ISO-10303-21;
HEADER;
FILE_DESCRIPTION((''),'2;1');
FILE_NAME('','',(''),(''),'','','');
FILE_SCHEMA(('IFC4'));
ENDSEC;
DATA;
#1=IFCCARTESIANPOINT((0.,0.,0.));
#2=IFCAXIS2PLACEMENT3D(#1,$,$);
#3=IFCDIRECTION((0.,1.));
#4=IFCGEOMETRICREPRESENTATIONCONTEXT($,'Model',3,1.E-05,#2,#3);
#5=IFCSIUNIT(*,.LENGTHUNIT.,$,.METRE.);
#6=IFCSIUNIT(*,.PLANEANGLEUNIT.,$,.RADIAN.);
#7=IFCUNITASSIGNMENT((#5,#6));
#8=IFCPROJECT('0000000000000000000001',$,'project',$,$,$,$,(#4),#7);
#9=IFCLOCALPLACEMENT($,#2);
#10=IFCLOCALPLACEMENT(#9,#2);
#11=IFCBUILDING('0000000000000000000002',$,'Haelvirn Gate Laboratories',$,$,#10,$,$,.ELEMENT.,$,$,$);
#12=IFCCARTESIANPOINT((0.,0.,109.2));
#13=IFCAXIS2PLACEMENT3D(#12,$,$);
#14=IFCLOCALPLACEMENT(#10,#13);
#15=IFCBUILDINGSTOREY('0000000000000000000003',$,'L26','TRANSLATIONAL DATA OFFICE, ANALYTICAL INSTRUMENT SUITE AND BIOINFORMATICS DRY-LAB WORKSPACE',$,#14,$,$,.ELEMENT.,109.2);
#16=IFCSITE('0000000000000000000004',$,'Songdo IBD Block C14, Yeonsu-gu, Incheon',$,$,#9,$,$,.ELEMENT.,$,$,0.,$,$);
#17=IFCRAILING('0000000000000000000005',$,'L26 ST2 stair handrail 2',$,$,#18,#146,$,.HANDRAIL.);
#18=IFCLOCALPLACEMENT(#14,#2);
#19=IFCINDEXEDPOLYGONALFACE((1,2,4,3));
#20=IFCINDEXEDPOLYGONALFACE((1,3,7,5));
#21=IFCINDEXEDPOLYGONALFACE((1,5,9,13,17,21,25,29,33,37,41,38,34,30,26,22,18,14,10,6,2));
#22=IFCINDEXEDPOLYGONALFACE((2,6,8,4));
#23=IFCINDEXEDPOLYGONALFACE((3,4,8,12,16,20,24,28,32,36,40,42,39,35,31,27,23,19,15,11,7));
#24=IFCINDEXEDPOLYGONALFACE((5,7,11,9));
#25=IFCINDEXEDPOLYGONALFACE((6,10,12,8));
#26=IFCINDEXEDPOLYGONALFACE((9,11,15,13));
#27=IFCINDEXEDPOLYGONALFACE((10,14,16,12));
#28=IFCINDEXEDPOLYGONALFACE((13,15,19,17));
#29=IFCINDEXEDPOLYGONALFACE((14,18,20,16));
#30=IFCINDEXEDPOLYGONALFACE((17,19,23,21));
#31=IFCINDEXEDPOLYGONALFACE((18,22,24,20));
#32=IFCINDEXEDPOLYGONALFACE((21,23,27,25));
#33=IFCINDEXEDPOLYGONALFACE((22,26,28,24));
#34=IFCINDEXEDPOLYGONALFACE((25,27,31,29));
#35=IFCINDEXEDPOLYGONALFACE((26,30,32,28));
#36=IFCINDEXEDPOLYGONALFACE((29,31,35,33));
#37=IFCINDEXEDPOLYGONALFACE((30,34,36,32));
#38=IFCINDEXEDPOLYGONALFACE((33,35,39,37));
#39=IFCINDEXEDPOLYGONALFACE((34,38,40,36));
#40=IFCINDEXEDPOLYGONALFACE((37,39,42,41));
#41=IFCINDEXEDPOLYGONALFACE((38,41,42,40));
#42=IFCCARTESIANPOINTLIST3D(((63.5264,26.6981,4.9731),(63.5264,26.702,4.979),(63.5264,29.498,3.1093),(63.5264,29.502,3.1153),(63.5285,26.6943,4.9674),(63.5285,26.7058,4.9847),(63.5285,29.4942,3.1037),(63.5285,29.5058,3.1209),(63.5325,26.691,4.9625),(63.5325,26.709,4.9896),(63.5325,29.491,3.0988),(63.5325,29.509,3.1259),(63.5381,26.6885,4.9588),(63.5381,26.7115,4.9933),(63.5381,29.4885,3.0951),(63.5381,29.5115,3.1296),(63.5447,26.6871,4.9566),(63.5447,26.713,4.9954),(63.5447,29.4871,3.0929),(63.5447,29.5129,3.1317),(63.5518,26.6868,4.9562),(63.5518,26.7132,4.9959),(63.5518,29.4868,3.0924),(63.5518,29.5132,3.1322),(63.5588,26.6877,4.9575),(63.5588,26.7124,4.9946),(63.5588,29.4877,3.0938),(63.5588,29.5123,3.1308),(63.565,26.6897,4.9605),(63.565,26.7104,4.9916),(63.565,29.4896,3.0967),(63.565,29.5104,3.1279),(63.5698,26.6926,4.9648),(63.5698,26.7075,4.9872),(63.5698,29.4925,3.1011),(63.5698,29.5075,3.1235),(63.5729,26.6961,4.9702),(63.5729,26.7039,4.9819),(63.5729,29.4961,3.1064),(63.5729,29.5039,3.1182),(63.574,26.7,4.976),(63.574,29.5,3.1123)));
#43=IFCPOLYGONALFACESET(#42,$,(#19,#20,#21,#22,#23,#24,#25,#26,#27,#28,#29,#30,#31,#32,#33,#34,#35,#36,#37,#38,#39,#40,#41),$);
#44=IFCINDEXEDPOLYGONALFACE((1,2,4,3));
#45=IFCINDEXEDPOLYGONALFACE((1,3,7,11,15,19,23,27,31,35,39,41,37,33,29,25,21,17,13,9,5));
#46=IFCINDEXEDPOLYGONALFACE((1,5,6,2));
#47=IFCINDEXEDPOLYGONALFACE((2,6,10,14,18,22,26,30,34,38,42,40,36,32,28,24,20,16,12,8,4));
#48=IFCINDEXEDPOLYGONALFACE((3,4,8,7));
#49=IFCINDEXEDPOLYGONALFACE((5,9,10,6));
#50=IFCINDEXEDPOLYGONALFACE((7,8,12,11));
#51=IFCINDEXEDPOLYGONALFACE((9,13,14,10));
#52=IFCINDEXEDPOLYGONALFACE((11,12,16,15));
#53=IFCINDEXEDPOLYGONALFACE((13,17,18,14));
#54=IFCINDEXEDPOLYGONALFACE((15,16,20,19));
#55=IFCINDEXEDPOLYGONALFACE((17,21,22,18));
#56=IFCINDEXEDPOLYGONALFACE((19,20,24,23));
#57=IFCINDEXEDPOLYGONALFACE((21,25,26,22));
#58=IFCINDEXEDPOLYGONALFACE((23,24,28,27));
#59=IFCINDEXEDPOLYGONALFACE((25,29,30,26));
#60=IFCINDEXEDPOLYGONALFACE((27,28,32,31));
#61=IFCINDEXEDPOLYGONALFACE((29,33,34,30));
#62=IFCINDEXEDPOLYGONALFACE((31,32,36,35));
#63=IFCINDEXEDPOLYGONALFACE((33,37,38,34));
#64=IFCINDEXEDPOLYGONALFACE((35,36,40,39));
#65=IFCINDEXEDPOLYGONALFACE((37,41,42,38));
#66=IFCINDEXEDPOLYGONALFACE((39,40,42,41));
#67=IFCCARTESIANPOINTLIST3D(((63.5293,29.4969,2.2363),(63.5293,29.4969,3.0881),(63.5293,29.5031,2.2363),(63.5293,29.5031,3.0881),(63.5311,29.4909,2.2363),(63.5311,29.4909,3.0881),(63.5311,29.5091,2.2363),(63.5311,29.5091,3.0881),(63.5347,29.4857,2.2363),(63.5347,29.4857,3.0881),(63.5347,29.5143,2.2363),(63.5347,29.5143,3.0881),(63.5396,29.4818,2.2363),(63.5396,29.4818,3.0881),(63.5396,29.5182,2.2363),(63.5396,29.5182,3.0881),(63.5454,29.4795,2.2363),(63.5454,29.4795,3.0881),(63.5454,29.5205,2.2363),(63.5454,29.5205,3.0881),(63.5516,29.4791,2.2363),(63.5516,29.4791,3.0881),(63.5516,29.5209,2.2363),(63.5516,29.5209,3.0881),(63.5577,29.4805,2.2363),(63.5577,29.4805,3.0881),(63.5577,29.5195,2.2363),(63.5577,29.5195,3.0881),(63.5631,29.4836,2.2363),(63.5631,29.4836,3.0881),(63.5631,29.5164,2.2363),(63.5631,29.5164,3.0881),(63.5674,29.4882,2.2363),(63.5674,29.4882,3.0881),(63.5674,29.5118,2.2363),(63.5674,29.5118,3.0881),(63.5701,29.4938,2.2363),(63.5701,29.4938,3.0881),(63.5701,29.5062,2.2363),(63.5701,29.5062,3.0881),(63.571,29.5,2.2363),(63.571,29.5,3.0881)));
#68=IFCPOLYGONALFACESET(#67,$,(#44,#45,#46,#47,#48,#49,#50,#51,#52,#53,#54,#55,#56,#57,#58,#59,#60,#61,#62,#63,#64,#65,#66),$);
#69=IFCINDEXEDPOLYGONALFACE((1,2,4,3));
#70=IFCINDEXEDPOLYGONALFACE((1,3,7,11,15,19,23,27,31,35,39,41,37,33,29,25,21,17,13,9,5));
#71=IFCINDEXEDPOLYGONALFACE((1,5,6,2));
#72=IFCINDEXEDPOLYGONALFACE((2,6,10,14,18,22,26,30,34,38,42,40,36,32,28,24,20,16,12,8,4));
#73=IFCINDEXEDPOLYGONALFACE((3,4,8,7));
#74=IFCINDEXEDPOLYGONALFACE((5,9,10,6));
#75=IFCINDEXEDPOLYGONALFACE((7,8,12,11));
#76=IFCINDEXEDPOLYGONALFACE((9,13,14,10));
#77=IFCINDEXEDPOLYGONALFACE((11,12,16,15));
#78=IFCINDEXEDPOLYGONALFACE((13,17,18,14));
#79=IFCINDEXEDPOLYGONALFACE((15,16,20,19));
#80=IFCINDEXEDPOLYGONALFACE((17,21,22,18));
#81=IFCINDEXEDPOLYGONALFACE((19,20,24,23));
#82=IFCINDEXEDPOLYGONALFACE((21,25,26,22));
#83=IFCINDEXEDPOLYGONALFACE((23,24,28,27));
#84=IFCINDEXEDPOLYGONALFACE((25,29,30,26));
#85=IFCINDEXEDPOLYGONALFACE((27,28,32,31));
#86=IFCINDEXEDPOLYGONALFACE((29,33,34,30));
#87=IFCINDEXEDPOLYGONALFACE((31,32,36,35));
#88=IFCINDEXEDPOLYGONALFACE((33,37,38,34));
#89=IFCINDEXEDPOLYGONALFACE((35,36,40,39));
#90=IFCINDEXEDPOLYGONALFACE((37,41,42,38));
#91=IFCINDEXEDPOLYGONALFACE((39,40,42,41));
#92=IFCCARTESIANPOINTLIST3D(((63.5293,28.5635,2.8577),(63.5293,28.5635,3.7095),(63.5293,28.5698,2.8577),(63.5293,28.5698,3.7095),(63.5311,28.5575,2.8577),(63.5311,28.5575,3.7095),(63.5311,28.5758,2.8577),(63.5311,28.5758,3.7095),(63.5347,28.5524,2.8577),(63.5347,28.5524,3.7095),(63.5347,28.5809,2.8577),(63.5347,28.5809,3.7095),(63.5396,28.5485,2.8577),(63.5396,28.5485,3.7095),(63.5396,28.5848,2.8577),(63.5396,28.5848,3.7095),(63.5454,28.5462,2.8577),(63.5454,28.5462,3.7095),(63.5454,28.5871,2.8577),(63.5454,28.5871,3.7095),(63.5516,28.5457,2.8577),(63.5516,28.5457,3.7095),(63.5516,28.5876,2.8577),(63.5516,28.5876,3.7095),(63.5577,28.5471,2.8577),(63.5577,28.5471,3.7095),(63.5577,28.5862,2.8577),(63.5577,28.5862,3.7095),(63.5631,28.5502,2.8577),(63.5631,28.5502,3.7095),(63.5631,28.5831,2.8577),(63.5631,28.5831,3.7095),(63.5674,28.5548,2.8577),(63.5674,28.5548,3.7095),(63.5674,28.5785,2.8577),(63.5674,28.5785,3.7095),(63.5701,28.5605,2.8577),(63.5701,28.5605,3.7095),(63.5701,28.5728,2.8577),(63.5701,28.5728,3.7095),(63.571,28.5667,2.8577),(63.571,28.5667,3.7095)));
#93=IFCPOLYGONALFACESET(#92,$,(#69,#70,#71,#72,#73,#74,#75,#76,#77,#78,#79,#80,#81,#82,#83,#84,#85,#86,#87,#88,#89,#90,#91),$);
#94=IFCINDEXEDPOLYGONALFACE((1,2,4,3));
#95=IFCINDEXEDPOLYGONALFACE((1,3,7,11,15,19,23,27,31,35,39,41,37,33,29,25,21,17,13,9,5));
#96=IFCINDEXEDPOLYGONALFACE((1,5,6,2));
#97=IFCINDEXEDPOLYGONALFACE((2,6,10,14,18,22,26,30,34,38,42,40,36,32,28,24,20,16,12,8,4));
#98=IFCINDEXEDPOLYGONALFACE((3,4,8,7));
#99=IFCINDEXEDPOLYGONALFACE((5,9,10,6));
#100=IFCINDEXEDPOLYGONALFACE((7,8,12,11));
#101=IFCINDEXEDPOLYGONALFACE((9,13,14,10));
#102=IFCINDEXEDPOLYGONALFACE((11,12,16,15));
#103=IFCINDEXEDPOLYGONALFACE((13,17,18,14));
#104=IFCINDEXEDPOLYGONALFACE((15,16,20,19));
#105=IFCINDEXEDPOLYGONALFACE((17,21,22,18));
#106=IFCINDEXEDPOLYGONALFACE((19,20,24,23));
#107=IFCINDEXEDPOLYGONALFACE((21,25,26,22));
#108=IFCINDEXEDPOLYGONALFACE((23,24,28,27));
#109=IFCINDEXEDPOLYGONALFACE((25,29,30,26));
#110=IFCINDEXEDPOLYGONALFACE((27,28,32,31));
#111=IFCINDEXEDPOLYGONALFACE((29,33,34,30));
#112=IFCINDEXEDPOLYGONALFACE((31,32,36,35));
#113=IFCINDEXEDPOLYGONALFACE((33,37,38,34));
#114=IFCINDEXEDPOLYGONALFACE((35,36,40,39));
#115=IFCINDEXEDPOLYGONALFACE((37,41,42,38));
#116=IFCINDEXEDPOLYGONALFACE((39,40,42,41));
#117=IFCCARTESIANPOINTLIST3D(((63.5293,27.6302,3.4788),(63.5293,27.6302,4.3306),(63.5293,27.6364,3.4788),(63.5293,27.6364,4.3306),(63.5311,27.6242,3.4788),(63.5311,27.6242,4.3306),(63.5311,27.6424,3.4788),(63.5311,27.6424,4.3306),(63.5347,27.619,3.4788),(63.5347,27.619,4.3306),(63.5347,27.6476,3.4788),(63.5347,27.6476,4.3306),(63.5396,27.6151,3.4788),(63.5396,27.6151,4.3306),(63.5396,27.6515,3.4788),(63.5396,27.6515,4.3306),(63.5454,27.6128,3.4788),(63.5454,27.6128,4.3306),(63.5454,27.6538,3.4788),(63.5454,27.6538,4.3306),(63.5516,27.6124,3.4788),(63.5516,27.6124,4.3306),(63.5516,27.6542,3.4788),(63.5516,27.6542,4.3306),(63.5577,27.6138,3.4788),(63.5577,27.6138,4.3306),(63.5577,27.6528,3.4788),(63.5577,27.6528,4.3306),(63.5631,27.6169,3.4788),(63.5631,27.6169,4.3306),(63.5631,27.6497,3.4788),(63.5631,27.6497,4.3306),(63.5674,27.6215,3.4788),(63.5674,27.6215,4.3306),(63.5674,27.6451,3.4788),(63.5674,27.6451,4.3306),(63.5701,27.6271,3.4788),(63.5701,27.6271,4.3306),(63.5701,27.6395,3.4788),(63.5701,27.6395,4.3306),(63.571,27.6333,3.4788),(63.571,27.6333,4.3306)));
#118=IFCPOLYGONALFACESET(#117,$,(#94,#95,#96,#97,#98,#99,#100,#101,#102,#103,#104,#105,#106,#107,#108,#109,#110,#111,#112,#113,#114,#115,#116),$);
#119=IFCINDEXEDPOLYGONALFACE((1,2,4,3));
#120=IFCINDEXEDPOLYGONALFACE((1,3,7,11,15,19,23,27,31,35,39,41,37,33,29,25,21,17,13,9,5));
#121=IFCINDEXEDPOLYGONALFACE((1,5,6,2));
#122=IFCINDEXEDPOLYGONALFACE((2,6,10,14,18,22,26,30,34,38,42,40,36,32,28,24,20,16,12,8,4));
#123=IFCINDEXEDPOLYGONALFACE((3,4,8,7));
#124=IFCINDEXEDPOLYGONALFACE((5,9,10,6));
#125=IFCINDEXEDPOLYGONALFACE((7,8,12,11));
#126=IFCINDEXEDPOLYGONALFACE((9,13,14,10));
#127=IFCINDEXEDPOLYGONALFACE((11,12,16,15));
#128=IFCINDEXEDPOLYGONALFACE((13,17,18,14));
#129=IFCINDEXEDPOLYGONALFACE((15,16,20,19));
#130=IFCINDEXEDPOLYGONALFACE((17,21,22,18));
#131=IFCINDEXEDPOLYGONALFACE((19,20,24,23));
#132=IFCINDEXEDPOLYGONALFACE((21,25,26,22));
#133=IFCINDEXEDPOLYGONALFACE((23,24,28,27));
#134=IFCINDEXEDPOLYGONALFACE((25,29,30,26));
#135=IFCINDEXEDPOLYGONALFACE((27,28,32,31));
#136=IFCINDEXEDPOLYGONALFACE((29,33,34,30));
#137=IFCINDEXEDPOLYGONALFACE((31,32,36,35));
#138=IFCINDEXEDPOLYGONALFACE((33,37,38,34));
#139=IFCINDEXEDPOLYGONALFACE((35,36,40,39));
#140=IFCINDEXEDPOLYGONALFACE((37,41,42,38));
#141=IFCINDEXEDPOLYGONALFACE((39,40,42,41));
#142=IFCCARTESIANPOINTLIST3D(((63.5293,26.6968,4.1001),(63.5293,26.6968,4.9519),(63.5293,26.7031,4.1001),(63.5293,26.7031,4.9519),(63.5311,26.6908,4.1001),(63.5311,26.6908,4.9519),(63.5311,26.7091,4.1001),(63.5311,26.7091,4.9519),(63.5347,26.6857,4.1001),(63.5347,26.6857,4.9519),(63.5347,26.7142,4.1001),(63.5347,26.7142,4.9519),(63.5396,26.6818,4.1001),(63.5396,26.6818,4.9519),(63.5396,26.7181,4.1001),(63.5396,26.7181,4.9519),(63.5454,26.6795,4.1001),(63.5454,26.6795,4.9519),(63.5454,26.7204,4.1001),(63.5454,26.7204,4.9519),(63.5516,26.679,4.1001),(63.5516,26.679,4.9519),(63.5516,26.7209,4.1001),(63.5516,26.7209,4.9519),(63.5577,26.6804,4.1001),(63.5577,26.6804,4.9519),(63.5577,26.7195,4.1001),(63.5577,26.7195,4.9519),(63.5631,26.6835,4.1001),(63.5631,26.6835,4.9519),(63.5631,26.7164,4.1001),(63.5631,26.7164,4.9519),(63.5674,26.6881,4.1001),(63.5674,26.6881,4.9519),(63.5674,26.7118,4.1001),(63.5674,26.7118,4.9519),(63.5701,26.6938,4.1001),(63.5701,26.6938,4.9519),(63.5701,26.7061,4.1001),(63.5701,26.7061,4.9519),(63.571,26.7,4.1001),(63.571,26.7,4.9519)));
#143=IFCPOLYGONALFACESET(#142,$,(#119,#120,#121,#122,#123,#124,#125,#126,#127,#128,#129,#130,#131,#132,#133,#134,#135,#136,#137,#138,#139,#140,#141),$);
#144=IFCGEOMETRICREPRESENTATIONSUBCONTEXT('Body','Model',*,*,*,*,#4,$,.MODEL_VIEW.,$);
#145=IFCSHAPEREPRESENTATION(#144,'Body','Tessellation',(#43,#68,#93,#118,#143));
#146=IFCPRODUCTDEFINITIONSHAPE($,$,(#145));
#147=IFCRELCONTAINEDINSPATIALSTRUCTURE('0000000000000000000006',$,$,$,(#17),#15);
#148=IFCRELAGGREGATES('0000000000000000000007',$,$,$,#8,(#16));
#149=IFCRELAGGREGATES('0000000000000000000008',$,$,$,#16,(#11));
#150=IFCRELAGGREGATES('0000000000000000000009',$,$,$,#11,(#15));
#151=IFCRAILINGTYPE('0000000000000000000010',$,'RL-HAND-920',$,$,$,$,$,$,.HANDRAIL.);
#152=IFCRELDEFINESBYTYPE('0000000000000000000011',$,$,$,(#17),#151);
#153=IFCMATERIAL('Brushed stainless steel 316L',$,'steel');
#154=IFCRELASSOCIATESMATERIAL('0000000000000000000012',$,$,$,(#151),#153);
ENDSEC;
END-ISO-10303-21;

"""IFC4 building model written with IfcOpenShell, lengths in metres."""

from ifc_helpers import new_model, si_unit, direction, frame, origin, origin_2d, place, context, subcontext, project, spatial, circle, extrude, source, transform, mapped, material, type_object, element, save


model = new_model("IFC4")

# Units and contexts
model_context = context("Model", 3, precision=1e-05, world=origin(), true_north=direction((0.0, 1.0)))
body_context = subcontext(model_context, "Body", "Model", "MODEL_VIEW")
ifc_project = project(units=[si_unit("LENGTHUNIT", "METRE"), si_unit("PLANEANGLEUNIT", "RADIAN")], contexts=[model_context])

# Site, building, storey
site_placement = place(None, origin())
site = spatial("IfcSite", under=ifc_project, at=site_placement, Name="Songdo IBD Block C14, Yeonsu-gu, Incheon", CompositionType="ELEMENT", RefElevation=0.0)
building_placement = place(site_placement, origin())
building = spatial("IfcBuilding", under=site, at=building_placement, Name="Haelvirn Gate Laboratories", CompositionType="ELEMENT")
storey_placement = place(building_placement, frame((0.0, 0.0, 109.2)))
storey = spatial("IfcBuildingStorey", under=building, at=storey_placement, Name="L26", Description="TRANSLATIONAL DATA OFFICE, ANALYTICAL INSTRUMENT SUITE AND BIOINFORMATICS DRY-LAB WORKSPACE", CompositionType="ELEMENT", Elevation=109.2)

# Railing
ifc_material_1 = material(Name="Brushed stainless steel 316L", Category="steel")
railing_type_1 = type_object("IfcRailingType", Name="RL-HAND-920", PredefinedType="HANDRAIL", material=ifc_material_1)
shared_shape_1 = source(origin(), body_context, "Body", "SweptSolid", [
    extrude(circle(Radius=0.0239, at=origin_2d()), frame((0.0, 0.0, 0.876), z_axis=(0.0, -0.832452, 0.554097), x_axis=(1.0, 0.0, 0.0)), (0.0, 0.0, 1.0), 3.3635),
    extrude(circle(Radius=0.021, at=origin_2d()), origin(), (0.0, 0.0, 1.0), 0.8518),
    extrude(circle(Radius=0.021, at=origin_2d()), frame((0.0, -0.9333, 0.6213)), (0.0, 0.0, 1.0), 0.8518),
    extrude(circle(Radius=0.021, at=origin_2d()), frame((0.0, -1.8667, 1.2424)), (0.0, 0.0, 1.0), 0.8518),
    extrude(circle(Radius=0.021, at=origin_2d()), frame((0.0, -2.8, 1.8638)), (0.0, 0.0, 1.0), 0.8518),
])
railing_1_placement = place(storey_placement, frame((63.55, 29.5, 2.2363)))
element("IfcRailing", 1, at=railing_1_placement, inside=storey, type_object=railing_type_1, Name="L26 ST2 stair handrail 2", PredefinedType="HANDRAIL", context=body_context, shape_type="MappedRepresentation", body=[
    mapped(shared_shape_1, transform((0.0, 0.0, 0.0), scale=1.0)),
])

save(model, "model.ifc")
